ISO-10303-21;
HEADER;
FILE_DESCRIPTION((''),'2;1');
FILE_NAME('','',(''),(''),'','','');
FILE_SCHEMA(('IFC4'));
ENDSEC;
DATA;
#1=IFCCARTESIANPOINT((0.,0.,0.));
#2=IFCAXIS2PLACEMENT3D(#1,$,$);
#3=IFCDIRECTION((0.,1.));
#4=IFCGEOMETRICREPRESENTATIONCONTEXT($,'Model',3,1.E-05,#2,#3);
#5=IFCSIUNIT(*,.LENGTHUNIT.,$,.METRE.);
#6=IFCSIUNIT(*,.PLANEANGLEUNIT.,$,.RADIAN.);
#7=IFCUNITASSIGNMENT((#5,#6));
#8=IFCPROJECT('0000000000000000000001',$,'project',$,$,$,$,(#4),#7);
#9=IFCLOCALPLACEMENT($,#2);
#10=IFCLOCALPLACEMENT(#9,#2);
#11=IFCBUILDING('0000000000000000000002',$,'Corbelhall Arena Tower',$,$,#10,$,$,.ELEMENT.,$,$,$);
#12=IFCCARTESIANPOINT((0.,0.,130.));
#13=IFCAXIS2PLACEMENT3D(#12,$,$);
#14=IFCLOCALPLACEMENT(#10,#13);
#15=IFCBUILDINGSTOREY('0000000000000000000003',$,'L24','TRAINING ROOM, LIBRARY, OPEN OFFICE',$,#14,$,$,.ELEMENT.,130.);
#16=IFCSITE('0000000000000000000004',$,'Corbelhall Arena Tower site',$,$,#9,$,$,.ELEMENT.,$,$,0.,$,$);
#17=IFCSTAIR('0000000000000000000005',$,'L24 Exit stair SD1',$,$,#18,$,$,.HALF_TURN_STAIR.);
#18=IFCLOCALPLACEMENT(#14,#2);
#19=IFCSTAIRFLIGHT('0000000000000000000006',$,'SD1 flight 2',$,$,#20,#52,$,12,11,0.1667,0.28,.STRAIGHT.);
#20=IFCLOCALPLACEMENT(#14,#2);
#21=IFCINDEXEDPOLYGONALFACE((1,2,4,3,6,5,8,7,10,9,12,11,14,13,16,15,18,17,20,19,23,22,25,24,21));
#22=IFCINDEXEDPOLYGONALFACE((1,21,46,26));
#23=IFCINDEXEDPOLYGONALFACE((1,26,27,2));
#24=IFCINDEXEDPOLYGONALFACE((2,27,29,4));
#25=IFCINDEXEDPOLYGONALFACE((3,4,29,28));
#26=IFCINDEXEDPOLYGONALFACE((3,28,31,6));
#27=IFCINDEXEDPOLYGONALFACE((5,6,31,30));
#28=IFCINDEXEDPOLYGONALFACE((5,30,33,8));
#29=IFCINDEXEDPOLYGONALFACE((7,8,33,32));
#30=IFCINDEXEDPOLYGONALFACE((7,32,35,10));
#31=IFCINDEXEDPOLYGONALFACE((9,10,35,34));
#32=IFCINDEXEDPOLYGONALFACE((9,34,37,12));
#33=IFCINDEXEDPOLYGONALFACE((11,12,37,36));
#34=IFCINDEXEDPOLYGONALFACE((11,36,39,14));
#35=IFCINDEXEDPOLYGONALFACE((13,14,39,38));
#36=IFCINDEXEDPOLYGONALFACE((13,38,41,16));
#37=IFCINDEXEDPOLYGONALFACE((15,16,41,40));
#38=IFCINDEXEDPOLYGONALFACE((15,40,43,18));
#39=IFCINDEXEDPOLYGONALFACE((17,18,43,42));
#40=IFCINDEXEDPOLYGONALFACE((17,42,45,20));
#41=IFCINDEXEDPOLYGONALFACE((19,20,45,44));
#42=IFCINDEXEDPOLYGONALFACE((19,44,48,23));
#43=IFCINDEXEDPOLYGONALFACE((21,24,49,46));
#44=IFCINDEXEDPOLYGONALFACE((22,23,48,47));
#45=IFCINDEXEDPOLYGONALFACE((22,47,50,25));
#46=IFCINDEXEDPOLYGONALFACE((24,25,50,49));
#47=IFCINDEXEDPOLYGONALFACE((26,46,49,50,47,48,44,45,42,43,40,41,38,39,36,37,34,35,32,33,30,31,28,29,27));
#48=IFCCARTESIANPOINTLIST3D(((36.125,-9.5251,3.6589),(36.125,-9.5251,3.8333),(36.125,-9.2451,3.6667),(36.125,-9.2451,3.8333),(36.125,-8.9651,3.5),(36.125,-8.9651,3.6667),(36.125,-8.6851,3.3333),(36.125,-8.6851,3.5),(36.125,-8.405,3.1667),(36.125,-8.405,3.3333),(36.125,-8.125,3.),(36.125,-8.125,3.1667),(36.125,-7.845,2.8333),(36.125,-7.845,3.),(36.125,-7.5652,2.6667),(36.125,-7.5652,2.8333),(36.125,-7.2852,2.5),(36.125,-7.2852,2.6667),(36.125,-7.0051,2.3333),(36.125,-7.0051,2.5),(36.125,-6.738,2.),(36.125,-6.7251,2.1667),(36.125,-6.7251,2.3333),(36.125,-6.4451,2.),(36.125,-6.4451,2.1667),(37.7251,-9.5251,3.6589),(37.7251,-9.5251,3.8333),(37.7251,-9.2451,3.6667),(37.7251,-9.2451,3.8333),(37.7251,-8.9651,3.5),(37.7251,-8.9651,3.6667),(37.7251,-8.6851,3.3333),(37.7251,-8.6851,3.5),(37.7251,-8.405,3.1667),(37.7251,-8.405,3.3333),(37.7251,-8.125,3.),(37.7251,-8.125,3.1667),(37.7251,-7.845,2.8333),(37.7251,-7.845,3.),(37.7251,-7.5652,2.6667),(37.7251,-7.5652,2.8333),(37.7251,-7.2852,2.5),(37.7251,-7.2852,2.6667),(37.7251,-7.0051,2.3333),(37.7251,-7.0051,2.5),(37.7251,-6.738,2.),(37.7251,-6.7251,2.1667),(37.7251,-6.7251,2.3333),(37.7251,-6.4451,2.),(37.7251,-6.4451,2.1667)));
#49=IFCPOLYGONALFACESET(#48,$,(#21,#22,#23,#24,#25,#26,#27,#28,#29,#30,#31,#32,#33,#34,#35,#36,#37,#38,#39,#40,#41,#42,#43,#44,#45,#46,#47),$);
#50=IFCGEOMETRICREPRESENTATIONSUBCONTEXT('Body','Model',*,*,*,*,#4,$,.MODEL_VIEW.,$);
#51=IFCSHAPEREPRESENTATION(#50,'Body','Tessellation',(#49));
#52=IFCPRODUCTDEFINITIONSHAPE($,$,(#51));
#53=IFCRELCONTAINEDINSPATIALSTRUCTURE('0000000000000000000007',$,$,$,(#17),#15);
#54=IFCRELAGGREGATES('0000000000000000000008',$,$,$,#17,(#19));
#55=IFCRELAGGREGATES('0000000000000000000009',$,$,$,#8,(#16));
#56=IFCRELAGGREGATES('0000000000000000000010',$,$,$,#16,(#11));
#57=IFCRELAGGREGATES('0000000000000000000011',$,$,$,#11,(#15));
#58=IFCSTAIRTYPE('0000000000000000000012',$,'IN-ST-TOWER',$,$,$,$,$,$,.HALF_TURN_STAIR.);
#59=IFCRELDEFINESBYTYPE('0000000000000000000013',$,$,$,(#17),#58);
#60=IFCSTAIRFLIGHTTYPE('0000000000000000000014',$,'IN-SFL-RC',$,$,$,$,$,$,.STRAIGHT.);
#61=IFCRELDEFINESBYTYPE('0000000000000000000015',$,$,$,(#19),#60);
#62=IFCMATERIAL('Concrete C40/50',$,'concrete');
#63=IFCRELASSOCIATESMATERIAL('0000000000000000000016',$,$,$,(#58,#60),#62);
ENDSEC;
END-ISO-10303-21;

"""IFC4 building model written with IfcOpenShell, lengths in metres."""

from ifc_helpers import new_model, si_unit, direction, frame, origin, place, context, subcontext, project, spatial, polyline, outline, extrude, material, type_object, element, aggregate, save


model = new_model("IFC4")

# Units and contexts
model_context = context("Model", 3, precision=1e-05, world=origin(), true_north=direction((0.0, 1.0)))
body_context = subcontext(model_context, "Body", "Model", "MODEL_VIEW")
ifc_project = project(units=[si_unit("LENGTHUNIT", "METRE"), si_unit("PLANEANGLEUNIT", "RADIAN")], contexts=[model_context])

# Site, building, storey
site_placement = place(None, origin())
site = spatial("IfcSite", under=ifc_project, at=site_placement, Name="Corbelhall Arena Tower site", CompositionType="ELEMENT", RefElevation=0.0)
building_placement = place(site_placement, origin())
building = spatial("IfcBuilding", under=site, at=building_placement, Name="Corbelhall Arena Tower", CompositionType="ELEMENT")
storey_placement = place(building_placement, frame((0.0, 0.0, 130.0)))
storey = spatial("IfcBuildingStorey", under=building, at=storey_placement, Name="L24", Description="TRAINING ROOM, LIBRARY, OPEN OFFICE", CompositionType="ELEMENT", Elevation=130.0)

# Shared definitions
ifc_material_1 = material(Name="Concrete C40/50", Category="concrete")

# Stair, stair flight
stair_type = type_object("IfcStairType", Name="IN-ST-TOWER", PredefinedType="HALF_TURN_STAIR", material=ifc_material_1)
stair_placement = place(storey_placement, origin())
stair = element("IfcStair", 1, at=stair_placement, inside=storey, type_object=stair_type, Name="L24 Exit stair SD1", PredefinedType="HALF_TURN_STAIR")
stair_flight_type = type_object("IfcStairFlightType", Name="IN-SFL-RC", PredefinedType="STRAIGHT", material=ifc_material_1)
stair_flight_1_placement = place(storey_placement, frame((36.925, -6.4451, 2.0), z_axis=(0.0, 0.0, 1.0), x_axis=(0.0, -1.0, 0.0)))
stair_flight_1 = element("IfcStairFlight", 2, at=stair_flight_1_placement, type_object=stair_flight_type, Name="SD1 flight 2", NumberOfRisers=12, NumberOfTreads=11, PredefinedType="STRAIGHT", RiserHeight=0.1667, TreadLength=0.28, context=body_context, shape_type="SweptSolid", body=[
    extrude(outline(polyline([(0.0, 0.0), (0.0, 0.1667), (0.28, 0.1667), (0.28, 0.3333), (0.5601, 0.3333), (0.5601, 0.5), (0.8401, 0.5), (0.8401, 0.6667), (1.1201, 0.6667), (1.1201, 0.8333), (1.3999, 0.8333), (1.3999, 1.0), (1.6799, 1.0), (1.6799, 1.1667), (1.96, 1.1667), (1.96, 1.3333), (2.24, 1.3333), (2.24, 1.5), (2.52, 1.5), (2.52, 1.6667), (2.8, 1.6667), (2.8, 1.8333), (3.0801, 1.8333), (3.0801, 2.0), (3.0801, 1.6589), (0.293, 0.0), (0.0, 0.0)])), frame((0.0, 0.8, 0.0), z_axis=(0.0, -1.0, 0.0), x_axis=(1.0, 0.0, 0.0)), (0.0, 0.0, 1.0), 1.6001),
])
aggregate(stair, [stair_flight_1])

save(model, "model.ifc")
